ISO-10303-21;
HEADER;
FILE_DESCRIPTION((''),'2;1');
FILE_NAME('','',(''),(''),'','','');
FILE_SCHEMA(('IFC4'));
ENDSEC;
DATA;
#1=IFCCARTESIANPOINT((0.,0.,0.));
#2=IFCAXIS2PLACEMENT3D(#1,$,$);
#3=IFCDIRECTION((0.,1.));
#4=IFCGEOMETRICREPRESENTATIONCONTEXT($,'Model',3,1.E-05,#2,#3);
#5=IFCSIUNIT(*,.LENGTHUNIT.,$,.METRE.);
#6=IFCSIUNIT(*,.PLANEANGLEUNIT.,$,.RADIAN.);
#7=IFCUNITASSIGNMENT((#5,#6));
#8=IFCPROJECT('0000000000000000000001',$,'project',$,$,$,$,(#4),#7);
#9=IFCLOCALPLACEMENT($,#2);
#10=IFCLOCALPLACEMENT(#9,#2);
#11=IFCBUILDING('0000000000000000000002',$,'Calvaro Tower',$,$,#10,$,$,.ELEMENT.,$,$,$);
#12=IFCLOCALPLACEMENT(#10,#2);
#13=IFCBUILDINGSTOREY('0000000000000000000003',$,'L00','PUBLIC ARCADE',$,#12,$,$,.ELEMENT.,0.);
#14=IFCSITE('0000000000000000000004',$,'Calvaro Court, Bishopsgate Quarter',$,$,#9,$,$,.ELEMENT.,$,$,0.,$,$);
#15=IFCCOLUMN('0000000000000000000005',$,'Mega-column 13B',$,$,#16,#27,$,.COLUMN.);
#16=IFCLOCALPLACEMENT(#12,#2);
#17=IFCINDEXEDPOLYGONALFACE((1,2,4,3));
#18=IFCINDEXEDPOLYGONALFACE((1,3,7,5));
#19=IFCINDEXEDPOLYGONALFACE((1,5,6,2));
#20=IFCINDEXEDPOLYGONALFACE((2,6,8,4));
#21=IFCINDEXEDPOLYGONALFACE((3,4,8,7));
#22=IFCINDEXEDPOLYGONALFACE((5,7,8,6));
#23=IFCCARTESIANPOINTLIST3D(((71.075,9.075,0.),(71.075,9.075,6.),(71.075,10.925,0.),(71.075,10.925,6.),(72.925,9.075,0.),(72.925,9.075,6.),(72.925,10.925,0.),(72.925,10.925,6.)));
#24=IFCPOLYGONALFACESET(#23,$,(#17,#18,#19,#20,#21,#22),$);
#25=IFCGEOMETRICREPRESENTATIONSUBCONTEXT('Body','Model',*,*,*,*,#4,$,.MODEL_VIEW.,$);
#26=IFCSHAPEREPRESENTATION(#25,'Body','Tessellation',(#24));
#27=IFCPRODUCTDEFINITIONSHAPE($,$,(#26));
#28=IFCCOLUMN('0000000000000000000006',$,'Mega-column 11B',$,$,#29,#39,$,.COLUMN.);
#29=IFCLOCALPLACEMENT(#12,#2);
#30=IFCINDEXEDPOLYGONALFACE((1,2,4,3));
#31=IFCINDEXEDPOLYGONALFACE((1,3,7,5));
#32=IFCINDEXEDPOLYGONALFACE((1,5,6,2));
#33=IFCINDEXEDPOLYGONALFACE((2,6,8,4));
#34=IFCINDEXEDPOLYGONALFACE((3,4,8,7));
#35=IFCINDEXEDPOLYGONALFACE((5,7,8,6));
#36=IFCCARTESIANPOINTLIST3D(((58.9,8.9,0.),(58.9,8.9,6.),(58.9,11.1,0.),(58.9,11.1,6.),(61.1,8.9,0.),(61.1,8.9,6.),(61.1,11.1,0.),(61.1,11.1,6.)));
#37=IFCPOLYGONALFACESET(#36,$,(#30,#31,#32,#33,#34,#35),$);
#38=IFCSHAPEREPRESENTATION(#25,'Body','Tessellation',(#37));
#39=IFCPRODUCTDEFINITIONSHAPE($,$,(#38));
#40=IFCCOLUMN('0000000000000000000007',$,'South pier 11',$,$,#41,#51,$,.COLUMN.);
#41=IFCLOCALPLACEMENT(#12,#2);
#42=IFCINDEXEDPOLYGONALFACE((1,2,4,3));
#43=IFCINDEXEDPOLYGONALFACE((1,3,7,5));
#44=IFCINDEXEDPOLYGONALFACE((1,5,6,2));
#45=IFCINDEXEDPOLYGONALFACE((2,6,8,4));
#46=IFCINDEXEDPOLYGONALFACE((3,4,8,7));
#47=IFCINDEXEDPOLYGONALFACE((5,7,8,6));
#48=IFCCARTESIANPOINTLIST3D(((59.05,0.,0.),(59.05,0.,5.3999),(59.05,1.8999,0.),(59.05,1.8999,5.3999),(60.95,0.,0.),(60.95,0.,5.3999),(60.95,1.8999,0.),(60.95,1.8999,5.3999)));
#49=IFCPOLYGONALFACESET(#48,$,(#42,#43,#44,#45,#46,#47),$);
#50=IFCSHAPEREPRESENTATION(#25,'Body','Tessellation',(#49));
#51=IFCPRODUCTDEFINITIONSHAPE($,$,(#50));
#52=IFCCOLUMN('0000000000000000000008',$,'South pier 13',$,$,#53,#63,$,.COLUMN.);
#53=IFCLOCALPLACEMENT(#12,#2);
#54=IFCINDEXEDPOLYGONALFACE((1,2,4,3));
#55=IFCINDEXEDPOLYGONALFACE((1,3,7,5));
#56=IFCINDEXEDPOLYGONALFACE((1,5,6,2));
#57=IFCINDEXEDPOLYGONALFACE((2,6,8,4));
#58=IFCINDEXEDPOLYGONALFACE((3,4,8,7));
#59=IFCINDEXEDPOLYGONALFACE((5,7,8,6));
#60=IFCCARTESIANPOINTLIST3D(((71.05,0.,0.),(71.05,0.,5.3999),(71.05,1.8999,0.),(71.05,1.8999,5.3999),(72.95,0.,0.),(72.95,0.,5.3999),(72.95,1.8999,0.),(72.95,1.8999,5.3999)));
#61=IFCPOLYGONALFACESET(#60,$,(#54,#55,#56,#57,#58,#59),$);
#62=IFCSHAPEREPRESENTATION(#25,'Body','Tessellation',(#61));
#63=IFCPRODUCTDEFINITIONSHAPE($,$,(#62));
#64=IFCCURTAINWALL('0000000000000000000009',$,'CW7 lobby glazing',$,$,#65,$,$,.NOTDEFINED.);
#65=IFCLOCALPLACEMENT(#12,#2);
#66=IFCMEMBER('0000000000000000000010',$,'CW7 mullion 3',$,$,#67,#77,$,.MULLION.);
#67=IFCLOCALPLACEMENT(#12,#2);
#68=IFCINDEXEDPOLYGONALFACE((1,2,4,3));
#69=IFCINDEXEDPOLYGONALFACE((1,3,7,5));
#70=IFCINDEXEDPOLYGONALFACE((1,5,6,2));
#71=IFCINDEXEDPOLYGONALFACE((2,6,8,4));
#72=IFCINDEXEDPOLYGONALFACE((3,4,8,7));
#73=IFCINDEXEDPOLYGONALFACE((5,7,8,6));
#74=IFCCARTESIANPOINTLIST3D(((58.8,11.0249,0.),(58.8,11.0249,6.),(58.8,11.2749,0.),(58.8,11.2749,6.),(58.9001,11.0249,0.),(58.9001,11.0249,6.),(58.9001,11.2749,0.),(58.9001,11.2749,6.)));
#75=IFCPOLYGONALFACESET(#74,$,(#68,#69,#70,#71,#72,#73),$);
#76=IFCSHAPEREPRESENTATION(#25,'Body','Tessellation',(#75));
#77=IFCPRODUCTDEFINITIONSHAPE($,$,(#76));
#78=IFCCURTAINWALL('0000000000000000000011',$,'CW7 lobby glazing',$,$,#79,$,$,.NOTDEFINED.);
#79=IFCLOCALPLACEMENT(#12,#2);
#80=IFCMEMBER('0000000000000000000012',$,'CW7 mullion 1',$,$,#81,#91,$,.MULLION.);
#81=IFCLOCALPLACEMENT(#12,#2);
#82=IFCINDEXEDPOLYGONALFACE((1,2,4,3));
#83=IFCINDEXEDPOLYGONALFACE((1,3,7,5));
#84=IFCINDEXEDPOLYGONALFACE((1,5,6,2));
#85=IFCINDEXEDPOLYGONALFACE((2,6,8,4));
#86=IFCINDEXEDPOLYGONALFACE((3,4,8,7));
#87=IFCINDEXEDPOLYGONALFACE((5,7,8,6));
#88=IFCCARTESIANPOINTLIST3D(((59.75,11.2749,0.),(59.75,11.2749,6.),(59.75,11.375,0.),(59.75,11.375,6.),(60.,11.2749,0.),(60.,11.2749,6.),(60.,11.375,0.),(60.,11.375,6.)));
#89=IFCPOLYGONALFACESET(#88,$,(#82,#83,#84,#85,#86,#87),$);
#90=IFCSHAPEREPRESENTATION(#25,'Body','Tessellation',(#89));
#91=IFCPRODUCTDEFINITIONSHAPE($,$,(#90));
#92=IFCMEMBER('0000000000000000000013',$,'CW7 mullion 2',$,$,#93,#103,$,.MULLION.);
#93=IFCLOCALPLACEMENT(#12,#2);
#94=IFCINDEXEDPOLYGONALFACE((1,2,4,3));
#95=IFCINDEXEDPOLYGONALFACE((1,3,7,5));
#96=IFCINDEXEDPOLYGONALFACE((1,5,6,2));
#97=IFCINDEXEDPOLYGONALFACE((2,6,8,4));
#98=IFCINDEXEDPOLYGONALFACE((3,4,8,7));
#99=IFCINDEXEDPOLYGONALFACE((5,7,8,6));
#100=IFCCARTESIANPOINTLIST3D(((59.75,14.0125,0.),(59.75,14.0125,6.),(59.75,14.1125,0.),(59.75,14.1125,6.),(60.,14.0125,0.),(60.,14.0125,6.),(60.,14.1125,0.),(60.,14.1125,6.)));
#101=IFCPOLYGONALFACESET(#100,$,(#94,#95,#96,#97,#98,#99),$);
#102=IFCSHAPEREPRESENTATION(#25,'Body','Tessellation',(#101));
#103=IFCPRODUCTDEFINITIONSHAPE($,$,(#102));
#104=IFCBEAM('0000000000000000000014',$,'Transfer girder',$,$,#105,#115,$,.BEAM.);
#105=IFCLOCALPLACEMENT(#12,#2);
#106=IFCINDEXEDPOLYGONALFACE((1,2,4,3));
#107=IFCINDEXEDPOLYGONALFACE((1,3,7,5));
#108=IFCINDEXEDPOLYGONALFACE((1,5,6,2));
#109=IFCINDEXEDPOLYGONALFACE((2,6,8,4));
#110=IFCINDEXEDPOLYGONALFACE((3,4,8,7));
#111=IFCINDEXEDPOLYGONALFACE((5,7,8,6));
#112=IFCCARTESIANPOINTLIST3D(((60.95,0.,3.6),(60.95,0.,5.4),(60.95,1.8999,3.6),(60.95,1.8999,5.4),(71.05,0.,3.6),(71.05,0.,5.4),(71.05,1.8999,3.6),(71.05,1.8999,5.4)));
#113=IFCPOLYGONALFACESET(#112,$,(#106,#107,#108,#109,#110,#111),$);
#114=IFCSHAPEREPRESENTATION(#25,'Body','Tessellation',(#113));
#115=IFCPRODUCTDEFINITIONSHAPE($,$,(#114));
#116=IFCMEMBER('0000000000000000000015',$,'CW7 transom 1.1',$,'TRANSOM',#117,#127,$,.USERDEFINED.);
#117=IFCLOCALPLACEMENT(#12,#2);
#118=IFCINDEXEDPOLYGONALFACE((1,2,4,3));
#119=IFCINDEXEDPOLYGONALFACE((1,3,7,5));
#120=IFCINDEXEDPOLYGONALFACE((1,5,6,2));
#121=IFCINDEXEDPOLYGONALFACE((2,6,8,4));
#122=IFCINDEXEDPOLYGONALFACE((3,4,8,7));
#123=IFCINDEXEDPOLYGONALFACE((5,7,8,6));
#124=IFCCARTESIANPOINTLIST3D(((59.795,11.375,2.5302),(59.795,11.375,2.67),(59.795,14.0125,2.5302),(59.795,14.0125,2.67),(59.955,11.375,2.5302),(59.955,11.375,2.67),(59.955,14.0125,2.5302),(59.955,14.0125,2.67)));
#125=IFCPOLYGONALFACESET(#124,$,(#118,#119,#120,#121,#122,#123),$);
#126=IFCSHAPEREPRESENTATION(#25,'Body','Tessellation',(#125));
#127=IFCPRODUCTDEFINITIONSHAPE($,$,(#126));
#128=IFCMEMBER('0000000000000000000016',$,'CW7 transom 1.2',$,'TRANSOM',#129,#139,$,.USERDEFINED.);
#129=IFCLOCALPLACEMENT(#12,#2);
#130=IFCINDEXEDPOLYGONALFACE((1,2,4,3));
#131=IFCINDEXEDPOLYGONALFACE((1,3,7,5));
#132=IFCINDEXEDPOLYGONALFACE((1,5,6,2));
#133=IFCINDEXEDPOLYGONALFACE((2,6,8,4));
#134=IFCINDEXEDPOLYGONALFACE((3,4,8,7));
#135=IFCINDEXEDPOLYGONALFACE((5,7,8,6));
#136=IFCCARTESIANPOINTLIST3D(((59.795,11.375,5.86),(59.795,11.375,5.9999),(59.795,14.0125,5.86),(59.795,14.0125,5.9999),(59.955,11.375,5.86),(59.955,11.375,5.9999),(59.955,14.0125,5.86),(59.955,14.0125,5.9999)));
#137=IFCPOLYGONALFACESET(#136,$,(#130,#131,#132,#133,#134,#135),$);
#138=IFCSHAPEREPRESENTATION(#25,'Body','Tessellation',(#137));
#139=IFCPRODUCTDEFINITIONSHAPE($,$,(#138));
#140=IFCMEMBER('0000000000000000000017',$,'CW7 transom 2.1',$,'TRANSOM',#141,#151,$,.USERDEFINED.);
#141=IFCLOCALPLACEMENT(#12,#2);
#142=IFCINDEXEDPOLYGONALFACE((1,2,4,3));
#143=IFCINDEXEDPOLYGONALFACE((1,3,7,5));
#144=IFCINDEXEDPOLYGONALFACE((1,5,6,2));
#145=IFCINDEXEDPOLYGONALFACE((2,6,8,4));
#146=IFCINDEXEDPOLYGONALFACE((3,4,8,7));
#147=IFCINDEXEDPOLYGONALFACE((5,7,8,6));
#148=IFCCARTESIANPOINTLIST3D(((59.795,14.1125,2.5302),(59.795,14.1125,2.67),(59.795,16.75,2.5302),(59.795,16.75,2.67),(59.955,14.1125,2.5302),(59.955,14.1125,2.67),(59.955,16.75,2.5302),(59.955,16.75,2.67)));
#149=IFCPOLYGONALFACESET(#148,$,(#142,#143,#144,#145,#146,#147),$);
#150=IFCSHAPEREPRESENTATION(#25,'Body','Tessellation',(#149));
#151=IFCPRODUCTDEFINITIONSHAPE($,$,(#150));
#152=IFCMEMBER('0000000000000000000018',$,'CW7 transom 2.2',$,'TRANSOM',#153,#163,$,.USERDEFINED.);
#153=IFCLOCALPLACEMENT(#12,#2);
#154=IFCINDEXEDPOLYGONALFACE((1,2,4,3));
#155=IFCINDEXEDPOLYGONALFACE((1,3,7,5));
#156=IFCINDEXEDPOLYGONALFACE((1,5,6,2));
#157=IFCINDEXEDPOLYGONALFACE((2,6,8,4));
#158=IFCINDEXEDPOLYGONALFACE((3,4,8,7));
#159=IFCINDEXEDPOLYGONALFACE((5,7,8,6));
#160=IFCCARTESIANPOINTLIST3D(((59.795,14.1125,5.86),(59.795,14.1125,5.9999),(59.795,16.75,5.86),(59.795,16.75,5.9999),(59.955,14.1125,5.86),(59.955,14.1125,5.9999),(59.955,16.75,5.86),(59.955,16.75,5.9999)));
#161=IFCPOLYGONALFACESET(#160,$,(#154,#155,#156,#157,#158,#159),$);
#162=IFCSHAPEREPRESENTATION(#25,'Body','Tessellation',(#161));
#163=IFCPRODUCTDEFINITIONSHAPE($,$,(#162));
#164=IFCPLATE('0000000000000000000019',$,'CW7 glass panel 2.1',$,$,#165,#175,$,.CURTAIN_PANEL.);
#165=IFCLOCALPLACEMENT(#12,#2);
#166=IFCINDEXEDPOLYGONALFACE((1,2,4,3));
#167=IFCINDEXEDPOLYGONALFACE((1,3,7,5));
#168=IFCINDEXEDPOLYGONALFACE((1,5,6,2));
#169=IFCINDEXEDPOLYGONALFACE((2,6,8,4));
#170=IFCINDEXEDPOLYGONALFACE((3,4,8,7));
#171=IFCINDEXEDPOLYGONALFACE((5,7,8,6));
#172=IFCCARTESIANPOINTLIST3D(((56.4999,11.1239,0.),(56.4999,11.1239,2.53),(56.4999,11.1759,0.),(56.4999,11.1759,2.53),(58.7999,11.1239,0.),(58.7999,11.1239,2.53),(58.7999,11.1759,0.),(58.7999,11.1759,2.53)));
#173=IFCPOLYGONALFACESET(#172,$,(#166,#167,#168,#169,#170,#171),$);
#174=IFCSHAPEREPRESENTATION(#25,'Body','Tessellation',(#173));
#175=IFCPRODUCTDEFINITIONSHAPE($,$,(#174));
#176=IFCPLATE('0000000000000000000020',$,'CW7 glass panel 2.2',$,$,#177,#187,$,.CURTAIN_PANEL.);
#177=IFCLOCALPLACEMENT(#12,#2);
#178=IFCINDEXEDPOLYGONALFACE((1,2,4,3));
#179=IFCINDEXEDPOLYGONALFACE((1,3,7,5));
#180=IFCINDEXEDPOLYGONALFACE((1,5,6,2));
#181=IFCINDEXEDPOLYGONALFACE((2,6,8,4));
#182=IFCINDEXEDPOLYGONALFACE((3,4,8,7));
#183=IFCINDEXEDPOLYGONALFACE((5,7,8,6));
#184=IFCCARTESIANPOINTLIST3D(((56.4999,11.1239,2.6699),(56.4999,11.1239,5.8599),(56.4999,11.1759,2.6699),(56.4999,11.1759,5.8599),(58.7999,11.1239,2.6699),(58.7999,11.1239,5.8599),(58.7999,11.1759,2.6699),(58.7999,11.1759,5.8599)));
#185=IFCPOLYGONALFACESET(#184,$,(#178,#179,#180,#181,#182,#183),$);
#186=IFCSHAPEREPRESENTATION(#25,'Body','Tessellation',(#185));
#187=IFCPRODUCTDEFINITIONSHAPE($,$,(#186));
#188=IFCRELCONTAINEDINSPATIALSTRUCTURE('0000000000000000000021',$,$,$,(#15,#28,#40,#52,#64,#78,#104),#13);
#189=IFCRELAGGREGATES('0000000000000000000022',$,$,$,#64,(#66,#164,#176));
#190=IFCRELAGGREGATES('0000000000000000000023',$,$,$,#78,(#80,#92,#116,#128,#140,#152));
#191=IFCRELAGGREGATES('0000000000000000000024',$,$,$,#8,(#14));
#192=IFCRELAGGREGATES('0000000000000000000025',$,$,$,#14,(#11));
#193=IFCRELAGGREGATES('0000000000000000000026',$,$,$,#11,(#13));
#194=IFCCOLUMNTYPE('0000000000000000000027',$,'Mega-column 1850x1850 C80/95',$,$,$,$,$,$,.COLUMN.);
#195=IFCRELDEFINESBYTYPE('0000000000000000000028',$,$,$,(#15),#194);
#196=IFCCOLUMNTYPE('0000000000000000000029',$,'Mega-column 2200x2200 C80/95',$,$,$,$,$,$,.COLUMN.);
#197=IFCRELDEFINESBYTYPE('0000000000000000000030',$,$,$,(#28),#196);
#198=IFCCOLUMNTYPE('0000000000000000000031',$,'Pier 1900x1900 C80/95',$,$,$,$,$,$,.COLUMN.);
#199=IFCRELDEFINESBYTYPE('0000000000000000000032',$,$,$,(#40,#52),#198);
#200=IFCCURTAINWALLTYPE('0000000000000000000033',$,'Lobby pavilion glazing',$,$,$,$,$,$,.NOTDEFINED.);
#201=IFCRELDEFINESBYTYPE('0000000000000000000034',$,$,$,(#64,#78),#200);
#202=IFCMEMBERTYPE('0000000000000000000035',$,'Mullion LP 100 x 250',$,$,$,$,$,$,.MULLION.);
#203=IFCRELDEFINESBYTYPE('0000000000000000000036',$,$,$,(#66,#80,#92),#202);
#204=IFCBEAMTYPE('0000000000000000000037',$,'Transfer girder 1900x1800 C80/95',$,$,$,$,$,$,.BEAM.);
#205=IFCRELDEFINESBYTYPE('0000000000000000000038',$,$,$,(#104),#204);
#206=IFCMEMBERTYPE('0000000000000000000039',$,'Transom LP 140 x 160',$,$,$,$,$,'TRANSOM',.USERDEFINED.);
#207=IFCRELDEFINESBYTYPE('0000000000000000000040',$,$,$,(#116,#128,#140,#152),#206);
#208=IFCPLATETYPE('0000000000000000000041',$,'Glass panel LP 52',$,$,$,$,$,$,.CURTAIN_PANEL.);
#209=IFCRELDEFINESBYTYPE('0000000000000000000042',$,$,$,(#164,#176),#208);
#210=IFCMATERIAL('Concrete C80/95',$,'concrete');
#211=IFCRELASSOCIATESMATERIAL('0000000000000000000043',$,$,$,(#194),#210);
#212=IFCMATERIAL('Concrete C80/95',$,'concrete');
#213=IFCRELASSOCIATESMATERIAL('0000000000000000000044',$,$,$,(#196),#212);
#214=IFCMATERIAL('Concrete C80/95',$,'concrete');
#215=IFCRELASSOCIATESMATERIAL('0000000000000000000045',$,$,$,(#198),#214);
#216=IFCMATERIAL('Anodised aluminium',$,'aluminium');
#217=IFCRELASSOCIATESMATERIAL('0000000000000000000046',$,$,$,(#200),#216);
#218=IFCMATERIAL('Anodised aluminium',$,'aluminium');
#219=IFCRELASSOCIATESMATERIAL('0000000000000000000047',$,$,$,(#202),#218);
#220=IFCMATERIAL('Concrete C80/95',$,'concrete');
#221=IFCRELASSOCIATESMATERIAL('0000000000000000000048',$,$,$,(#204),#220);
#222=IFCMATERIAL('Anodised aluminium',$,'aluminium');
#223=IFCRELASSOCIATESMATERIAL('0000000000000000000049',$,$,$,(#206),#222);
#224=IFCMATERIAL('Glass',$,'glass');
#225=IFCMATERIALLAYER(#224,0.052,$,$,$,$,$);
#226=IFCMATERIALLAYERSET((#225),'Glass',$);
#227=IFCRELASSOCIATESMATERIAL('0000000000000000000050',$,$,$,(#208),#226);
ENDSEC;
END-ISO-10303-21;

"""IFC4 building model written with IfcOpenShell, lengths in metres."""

from ifc_helpers import new_model, si_unit, direction, frame, origin, origin_2d, place, context, subcontext, project, spatial, rectangle, extrude, material, layer, layer_set, material_profile, profile_set, type_object, element, aggregate, save


model = new_model("IFC4")

# Units and contexts
model_context = context("Model", 3, precision=1e-05, world=origin(), true_north=direction((0.0, 1.0)))
body_context = subcontext(model_context, "Body", "Model", "MODEL_VIEW")
ifc_project = project(units=[si_unit("LENGTHUNIT", "METRE"), si_unit("PLANEANGLEUNIT", "RADIAN")], contexts=[model_context])

# Site, building, storey
site_placement = place(None, origin())
site = spatial("IfcSite", under=ifc_project, at=site_placement, Name="Calvaro Court, Bishopsgate Quarter", CompositionType="ELEMENT", RefElevation=0.0)
building_placement = place(site_placement, origin())
building = spatial("IfcBuilding", under=site, at=building_placement, Name="Calvaro Tower", CompositionType="ELEMENT")
storey_placement = place(building_placement, origin())
storey = spatial("IfcBuildingStorey", under=building, at=storey_placement, Name="L00", Description="PUBLIC ARCADE", CompositionType="ELEMENT", Elevation=0.0)

# Columns
ifc_material_1 = material(Name="Concrete C80/95", Category="concrete")
ifc_material_profile_1 = material_profile(ifc_material_1, rectangle(XDim=1.8501, YDim=1.8501, at=origin_2d()), Name="RC 1850x1850")
ifc_profile_set_1 = profile_set([ifc_material_profile_1], Name="Concrete C80/95")
column_type_1 = type_object("IfcColumnType", Name="Mega-column 1850x1850 C80/95", PredefinedType="COLUMN", material=ifc_profile_set_1)
column_1_placement = place(storey_placement, frame((72.0, 10.0, 0.0), z_axis=(0.0, 0.0, 1.0), x_axis=(1.0, 0.0, 0.0)))
element("IfcColumn", 1, at=column_1_placement, inside=storey, type_object=column_type_1, Name="Mega-column 13B", PredefinedType="COLUMN", context=body_context, shape_type="SweptSolid", body=[
    extrude(rectangle(XDim=1.8501, YDim=1.8501, at=origin_2d()), origin(), (0.0, 0.0, 1.0), 6.0),
])
ifc_material_2 = material(Name="Concrete C80/95", Category="concrete")
ifc_material_profile_2 = material_profile(ifc_material_2, rectangle(XDim=2.2, YDim=2.2, at=origin_2d()), Name="RC 2200x2200")
ifc_profile_set_2 = profile_set([ifc_material_profile_2], Name="Concrete C80/95")
column_type_2 = type_object("IfcColumnType", Name="Mega-column 2200x2200 C80/95", PredefinedType="COLUMN", material=ifc_profile_set_2)
column_2_placement = place(storey_placement, frame((60.0, 10.0, 0.0), z_axis=(0.0, 0.0, 1.0), x_axis=(1.0, 0.0, 0.0)))
element("IfcColumn", 2, at=column_2_placement, inside=storey, type_object=column_type_2, Name="Mega-column 11B", PredefinedType="COLUMN", context=body_context, shape_type="SweptSolid", body=[
    extrude(rectangle(XDim=2.2, YDim=2.2, at=origin_2d()), origin(), (0.0, 0.0, 1.0), 6.0),
])
ifc_material_3 = material(Name="Concrete C80/95", Category="concrete")
ifc_material_profile_3 = material_profile(ifc_material_3, rectangle(XDim=1.8999, YDim=1.8999, at=origin_2d()), Name="RC 1900x1900")
ifc_profile_set_3 = profile_set([ifc_material_profile_3], Name="Concrete C80/95")
column_type_3 = type_object("IfcColumnType", Name="Pier 1900x1900 C80/95", PredefinedType="COLUMN", material=ifc_profile_set_3)
for number, where, z_axis, x_axis, name in (
    (3, (60.0, 0.95, 0.0), (0.0, 0.0, 1.0), (1.0, 0.0, 0.0), "South pier 11"),
    (4, (72.0, 0.95, 0.0), (0.0, 0.0, 1.0), (1.0, 0.0, 0.0), "South pier 13"),
):
    element("IfcColumn", number, at=place(storey_placement, frame(where, z_axis=z_axis, x_axis=x_axis)), inside=storey, type_object=column_type_3, Name=name, PredefinedType="COLUMN", context=body_context, shape_type="SweptSolid", body=[
        extrude(rectangle(XDim=1.8999, YDim=1.8999, at=origin_2d()), origin(), (0.0, 0.0, 1.0), 5.3999),
    ])

# Curtain wall, member
ifc_material_4 = material(Name="Anodised aluminium", Category="aluminium")
curtain_wall_type = type_object("IfcCurtainWallType", Name="Lobby pavilion glazing", PredefinedType="NOTDEFINED", material=ifc_material_4)
curtain_wall_1_placement = place(storey_placement, origin())
curtain_wall_1 = element("IfcCurtainWall", 5, at=curtain_wall_1_placement, inside=storey, type_object=curtain_wall_type, Name="CW7 lobby glazing", PredefinedType="NOTDEFINED")
ifc_material_5 = material(Name="Anodised aluminium", Category="aluminium")
ifc_material_profile_4 = material_profile(ifc_material_5, rectangle(XDim=0.25, YDim=0.1001, at=origin_2d()), Name="Mullion LP 100 x 250")
ifc_profile_set_4 = profile_set([ifc_material_profile_4], Name="Anodised aluminium")
member_type_1 = type_object("IfcMemberType", Name="Mullion LP 100 x 250", PredefinedType="MULLION", material=ifc_profile_set_4)
member_1_placement = place(storey_placement, frame((58.8501, 11.1499, 0.0), z_axis=(0.0, 0.0, 1.0), x_axis=(0.0, 1.0, 0.0)))
member_1 = element("IfcMember", 6, at=member_1_placement, type_object=member_type_1, Name="CW7 mullion 3", PredefinedType="MULLION", context=body_context, shape_type="SweptSolid", body=[
    extrude(rectangle(XDim=0.25, YDim=0.1001, at=origin_2d()), origin(), (0.0, 0.0, 1.0), 6.0),
])

# Curtain wall, members
curtain_wall_2_placement = place(storey_placement, origin())
curtain_wall_2 = element("IfcCurtainWall", 7, at=curtain_wall_2_placement, inside=storey, type_object=curtain_wall_type, Name="CW7 lobby glazing", PredefinedType="NOTDEFINED")
member_2_placement = place(storey_placement, frame((59.875, 11.325, 0.0), z_axis=(0.0, 0.0, 1.0), x_axis=(-1.0, 0.0, 0.0)))
member_2 = element("IfcMember", 8, at=member_2_placement, type_object=member_type_1, Name="CW7 mullion 1", PredefinedType="MULLION", context=body_context, shape_type="SweptSolid", body=[
    extrude(rectangle(XDim=0.25, YDim=0.1001, at=origin_2d()), origin(), (0.0, 0.0, 1.0), 6.0),
])
member_3_placement = place(storey_placement, frame((59.875, 14.0625, 0.0), z_axis=(0.0, 0.0, 1.0), x_axis=(-1.0, 0.0, 0.0)))
member_3 = element("IfcMember", 9, at=member_3_placement, type_object=member_type_1, Name="CW7 mullion 2", PredefinedType="MULLION", context=body_context, shape_type="SweptSolid", body=[
    extrude(rectangle(XDim=0.25, YDim=0.1001, at=origin_2d()), origin(), (0.0, 0.0, 1.0), 6.0),
])

# Beam
ifc_material_6 = material(Name="Concrete C80/95", Category="concrete")
ifc_material_profile_5 = material_profile(ifc_material_6, rectangle(XDim=1.8999, YDim=1.8, at=origin_2d()), Name="RC 1900x1800")
ifc_profile_set_5 = profile_set([ifc_material_profile_5], Name="Concrete C80/95")
beam_type = type_object("IfcBeamType", Name="Transfer girder 1900x1800 C80/95", PredefinedType="BEAM", material=ifc_profile_set_5)
beam_placement = place(storey_placement, frame((60.95, 0.95, 4.5), z_axis=(1.0, 0.0, 0.0), x_axis=(0.0, 1.0, 0.0)))
element("IfcBeam", 10, at=beam_placement, inside=storey, type_object=beam_type, Name="Transfer girder", PredefinedType="BEAM", context=body_context, shape_type="SweptSolid", body=[
    extrude(rectangle(XDim=1.8999, YDim=1.8, at=origin_2d()), origin(), (0.0, 0.0, 1.0), 10.1001),
])

# Members
ifc_material_7 = material(Name="Anodised aluminium", Category="aluminium")
ifc_material_profile_6 = material_profile(ifc_material_7, rectangle(XDim=0.1599, YDim=0.1399, at=origin_2d()), Name="Transom LP 140 x 160")
ifc_profile_set_6 = profile_set([ifc_material_profile_6], Name="Anodised aluminium")
member_type_2 = type_object("IfcMemberType", Name="Transom LP 140 x 160", ElementType="TRANSOM", PredefinedType="USERDEFINED", material=ifc_profile_set_6)
member_4_placement = place(storey_placement, frame((59.875, 11.375, 2.6001), z_axis=(0.0, 1.0, 0.0), x_axis=(-1.0, 0.0, 0.0)))
member_4 = element("IfcMember", 11, at=member_4_placement, type_object=member_type_2, Name="CW7 transom 1.1", ObjectType="TRANSOM", PredefinedType="USERDEFINED", context=body_context, shape_type="SweptSolid", body=[
    extrude(rectangle(XDim=0.1599, YDim=0.1399, at=origin_2d()), origin(), (0.0, 0.0, 1.0), 2.6375),
])
member_5_placement = place(storey_placement, frame((59.875, 11.375, 5.9299), z_axis=(0.0, 1.0, 0.0), x_axis=(-1.0, 0.0, 0.0)))
member_5 = element("IfcMember", 12, at=member_5_placement, type_object=member_type_2, Name="CW7 transom 1.2", ObjectType="TRANSOM", PredefinedType="USERDEFINED", context=body_context, shape_type="SweptSolid", body=[
    extrude(rectangle(XDim=0.1599, YDim=0.1399, at=origin_2d()), origin(), (0.0, 0.0, 1.0), 2.6375),
])
member_6_placement = place(storey_placement, frame((59.875, 14.1125, 2.6001), z_axis=(0.0, 1.0, 0.0), x_axis=(-1.0, 0.0, 0.0)))
member_6 = element("IfcMember", 13, at=member_6_placement, type_object=member_type_2, Name="CW7 transom 2.1", ObjectType="TRANSOM", PredefinedType="USERDEFINED", context=body_context, shape_type="SweptSolid", body=[
    extrude(rectangle(XDim=0.1599, YDim=0.1399, at=origin_2d()), origin(), (0.0, 0.0, 1.0), 2.6375),
])
member_7_placement = place(storey_placement, frame((59.875, 14.1125, 5.9299), z_axis=(0.0, 1.0, 0.0), x_axis=(-1.0, 0.0, 0.0)))
member_7 = element("IfcMember", 14, at=member_7_placement, type_object=member_type_2, Name="CW7 transom 2.2", ObjectType="TRANSOM", PredefinedType="USERDEFINED", context=body_context, shape_type="SweptSolid", body=[
    extrude(rectangle(XDim=0.1599, YDim=0.1399, at=origin_2d()), origin(), (0.0, 0.0, 1.0), 2.6375),
])

# Plates
ifc_material_8 = material(Name="Glass", Category="glass")
ifc_layer_1 = layer(ifc_material_8, 0.052)
ifc_layer_set_1 = layer_set([ifc_layer_1], Name="Glass")
plate_type = type_object("IfcPlateType", Name="Glass panel LP 52", PredefinedType="CURTAIN_PANEL", material=ifc_layer_set_1)
plate_1_placement = place(storey_placement, frame((57.6499, 11.1499, 0.0), z_axis=(0.0, 0.0, 1.0), x_axis=(1.0, 0.0, 0.0)))
plate_1 = element("IfcPlate", 15, at=plate_1_placement, type_object=plate_type, Name="CW7 glass panel 2.1", PredefinedType="CURTAIN_PANEL", context=body_context, shape_type="SweptSolid", body=[
    extrude(rectangle(XDim=2.3, YDim=0.052, at=origin_2d()), origin(), (0.0, 0.0, 1.0), 2.53),
])
plate_2_placement = place(storey_placement, frame((57.6499, 11.1499, 2.6699), z_axis=(0.0, 0.0, 1.0), x_axis=(1.0, 0.0, 0.0)))
plate_2 = element("IfcPlate", 16, at=plate_2_placement, type_object=plate_type, Name="CW7 glass panel 2.2", PredefinedType="CURTAIN_PANEL", context=body_context, shape_type="SweptSolid", body=[
    extrude(rectangle(XDim=2.3, YDim=0.052, at=origin_2d()), origin(), (0.0, 0.0, 1.0), 3.1899),
])
aggregate(curtain_wall_1, [member_1, plate_1, plate_2])
aggregate(curtain_wall_2, [member_2, member_3, member_4, member_5, member_6, member_7])

save(model, "model.ifc")
